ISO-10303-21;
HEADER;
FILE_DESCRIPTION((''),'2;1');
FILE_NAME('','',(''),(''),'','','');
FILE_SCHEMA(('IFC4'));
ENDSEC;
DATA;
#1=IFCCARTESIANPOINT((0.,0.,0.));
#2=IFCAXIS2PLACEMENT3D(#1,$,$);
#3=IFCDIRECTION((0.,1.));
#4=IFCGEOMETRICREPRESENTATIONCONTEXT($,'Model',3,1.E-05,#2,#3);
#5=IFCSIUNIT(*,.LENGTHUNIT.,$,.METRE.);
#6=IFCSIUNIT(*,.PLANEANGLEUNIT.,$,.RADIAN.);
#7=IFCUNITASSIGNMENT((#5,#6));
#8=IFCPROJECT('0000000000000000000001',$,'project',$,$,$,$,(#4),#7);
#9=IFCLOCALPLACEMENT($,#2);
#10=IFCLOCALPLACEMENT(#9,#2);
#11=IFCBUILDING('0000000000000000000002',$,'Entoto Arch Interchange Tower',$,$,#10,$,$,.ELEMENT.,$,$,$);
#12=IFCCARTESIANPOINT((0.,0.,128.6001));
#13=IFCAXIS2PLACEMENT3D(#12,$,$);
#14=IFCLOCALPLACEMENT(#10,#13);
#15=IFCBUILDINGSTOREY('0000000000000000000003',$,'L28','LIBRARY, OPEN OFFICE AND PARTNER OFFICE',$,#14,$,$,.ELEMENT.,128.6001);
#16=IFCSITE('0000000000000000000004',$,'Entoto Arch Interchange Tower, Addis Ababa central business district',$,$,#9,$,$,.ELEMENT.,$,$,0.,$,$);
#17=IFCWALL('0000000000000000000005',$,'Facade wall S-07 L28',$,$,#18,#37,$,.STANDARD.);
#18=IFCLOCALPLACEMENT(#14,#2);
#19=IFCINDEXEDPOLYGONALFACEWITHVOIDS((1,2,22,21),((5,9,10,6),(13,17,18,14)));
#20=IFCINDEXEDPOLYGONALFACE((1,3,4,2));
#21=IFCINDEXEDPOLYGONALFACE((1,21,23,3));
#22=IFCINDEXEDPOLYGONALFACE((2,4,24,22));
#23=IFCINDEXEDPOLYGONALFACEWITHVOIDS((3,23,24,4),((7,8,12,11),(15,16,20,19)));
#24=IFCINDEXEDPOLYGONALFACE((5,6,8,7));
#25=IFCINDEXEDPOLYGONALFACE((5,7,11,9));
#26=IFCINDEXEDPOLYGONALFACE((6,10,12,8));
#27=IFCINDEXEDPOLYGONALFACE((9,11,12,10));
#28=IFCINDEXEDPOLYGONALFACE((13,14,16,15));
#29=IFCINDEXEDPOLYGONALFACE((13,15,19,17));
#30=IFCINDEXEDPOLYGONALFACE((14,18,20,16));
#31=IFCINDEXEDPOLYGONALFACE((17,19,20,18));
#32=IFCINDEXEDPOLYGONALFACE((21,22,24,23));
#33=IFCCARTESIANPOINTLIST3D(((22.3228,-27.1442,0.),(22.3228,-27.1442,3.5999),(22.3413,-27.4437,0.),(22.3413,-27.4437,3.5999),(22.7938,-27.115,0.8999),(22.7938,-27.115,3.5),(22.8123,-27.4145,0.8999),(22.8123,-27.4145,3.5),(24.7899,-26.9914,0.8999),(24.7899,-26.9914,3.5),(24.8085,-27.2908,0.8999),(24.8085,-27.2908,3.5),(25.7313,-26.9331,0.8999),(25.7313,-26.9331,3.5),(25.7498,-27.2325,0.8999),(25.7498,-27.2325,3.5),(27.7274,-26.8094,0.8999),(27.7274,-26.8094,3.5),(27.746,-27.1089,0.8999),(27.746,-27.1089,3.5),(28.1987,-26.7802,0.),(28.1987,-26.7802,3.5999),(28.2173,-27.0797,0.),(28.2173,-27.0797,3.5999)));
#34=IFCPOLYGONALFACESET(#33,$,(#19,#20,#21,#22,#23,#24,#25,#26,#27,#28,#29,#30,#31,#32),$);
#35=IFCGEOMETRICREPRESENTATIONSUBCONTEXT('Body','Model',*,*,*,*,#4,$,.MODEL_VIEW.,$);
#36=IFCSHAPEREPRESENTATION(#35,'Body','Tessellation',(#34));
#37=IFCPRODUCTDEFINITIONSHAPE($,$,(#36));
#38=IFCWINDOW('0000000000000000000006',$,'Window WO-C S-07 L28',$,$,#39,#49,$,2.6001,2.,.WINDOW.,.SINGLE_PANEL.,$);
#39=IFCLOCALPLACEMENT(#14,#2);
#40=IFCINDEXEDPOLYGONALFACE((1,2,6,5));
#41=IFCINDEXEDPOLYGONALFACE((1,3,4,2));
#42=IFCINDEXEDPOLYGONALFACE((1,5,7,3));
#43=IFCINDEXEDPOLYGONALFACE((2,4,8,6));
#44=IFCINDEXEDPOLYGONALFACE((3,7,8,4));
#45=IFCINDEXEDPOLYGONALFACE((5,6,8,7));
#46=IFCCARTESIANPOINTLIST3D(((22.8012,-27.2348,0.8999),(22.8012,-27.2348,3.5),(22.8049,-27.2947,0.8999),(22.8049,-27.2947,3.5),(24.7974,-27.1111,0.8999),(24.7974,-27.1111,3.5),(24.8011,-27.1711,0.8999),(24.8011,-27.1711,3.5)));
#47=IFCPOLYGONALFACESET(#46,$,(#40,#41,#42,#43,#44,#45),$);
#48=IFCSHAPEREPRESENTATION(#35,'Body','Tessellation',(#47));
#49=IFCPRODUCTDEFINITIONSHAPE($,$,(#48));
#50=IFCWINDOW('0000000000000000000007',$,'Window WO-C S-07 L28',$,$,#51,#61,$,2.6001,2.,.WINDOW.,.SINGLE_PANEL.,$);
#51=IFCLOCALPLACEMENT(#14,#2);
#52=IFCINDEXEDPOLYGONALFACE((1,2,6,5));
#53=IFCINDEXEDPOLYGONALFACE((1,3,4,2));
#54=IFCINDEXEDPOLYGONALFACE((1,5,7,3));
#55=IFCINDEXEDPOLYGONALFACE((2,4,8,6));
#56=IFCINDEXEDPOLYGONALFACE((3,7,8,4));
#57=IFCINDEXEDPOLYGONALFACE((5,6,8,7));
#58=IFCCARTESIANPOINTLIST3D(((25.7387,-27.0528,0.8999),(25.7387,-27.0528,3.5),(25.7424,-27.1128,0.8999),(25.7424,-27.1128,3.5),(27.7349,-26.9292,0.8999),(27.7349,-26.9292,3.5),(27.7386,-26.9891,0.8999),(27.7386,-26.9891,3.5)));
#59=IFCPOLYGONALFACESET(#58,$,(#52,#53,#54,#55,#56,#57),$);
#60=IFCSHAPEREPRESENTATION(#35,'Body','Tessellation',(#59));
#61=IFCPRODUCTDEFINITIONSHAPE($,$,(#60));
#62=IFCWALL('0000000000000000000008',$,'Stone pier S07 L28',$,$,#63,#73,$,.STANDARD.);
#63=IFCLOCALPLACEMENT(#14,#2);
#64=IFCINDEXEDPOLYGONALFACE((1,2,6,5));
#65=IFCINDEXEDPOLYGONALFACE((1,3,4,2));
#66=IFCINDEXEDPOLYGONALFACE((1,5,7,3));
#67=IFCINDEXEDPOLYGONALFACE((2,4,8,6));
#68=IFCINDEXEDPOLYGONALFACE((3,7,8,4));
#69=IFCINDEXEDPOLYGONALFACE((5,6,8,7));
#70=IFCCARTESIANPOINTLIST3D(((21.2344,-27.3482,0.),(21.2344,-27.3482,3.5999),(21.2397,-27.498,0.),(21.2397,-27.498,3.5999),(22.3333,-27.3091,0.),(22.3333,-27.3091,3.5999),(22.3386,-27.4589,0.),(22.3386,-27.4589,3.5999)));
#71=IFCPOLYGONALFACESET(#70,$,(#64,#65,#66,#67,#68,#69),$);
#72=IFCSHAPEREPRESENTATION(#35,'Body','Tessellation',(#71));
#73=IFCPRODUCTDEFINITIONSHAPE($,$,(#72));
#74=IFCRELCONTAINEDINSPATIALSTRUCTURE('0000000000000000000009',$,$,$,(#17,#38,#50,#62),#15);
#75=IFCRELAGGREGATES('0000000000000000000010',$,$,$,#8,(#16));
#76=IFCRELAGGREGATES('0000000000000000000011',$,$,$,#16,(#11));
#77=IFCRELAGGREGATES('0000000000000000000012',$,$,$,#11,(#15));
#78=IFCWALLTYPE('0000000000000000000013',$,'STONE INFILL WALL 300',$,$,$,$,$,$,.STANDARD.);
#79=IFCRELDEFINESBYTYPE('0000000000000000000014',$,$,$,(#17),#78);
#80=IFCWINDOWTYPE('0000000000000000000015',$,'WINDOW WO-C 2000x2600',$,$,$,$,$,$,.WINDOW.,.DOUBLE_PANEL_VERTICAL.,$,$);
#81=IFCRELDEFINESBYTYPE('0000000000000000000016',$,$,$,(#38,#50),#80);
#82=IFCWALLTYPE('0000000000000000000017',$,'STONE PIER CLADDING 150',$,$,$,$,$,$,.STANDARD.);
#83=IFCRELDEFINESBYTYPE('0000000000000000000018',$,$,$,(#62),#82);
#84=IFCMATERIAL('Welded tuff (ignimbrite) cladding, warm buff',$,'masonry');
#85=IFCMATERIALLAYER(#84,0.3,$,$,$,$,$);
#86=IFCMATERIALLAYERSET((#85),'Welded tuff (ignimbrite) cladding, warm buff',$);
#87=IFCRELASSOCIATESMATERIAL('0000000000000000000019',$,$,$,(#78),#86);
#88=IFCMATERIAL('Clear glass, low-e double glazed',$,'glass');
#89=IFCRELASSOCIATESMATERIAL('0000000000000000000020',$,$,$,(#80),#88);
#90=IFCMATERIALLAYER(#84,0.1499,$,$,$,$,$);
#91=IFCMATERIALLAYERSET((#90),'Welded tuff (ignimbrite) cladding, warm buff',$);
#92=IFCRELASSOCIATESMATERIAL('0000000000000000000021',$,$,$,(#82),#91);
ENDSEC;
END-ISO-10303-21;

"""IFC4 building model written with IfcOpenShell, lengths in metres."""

from ifc_helpers import new_model, si_unit, direction, frame, frame_2d, origin, place, context, subcontext, project, spatial, rectangle, extrude, material, layer, layer_set, type_object, element, fill, save


model = new_model("IFC4")

# Units and contexts
model_context = context("Model", 3, precision=1e-05, world=origin(), true_north=direction((0.0, 1.0)))
body_context = subcontext(model_context, "Body", "Model", "MODEL_VIEW")
ifc_project = project(units=[si_unit("LENGTHUNIT", "METRE"), si_unit("PLANEANGLEUNIT", "RADIAN")], contexts=[model_context])

# Site, building, storey
site_placement = place(None, origin())
site = spatial("IfcSite", under=ifc_project, at=site_placement, Name="Entoto Arch Interchange Tower, Addis Ababa central business district", CompositionType="ELEMENT", RefElevation=0.0)
building_placement = place(site_placement, origin())
building = spatial("IfcBuilding", under=site, at=building_placement, Name="Entoto Arch Interchange Tower", CompositionType="ELEMENT")
storey_placement = place(building_placement, frame((0.0, 0.0, 128.6001)))
storey = spatial("IfcBuildingStorey", under=building, at=storey_placement, Name="L28", Description="LIBRARY, OPEN OFFICE AND PARTNER OFFICE", CompositionType="ELEMENT", Elevation=128.6001)

# Shared definitions
ifc_material_1 = material(Name="Welded tuff (ignimbrite) cladding, warm buff", Category="masonry")
ifc_layer_1 = layer(ifc_material_1, 0.3)
ifc_layer_set_1 = layer_set([ifc_layer_1], Name="Welded tuff (ignimbrite) cladding, warm buff")
wall_type_1 = type_object("IfcWallType", Name="STONE INFILL WALL 300", PredefinedType="STANDARD", material=ifc_layer_set_1)
ifc_material_2 = material(Name="Clear glass, low-e double glazed", Category="glass")
window_type = type_object("IfcWindowType", Name="WINDOW WO-C 2000x2600", PartitioningType="DOUBLE_PANEL_VERTICAL", PredefinedType="WINDOW", material=ifc_material_2)

# Wall, openings, windows
wall_1_placement = place(storey_placement, frame((22.332, -27.2939, 0.0), z_axis=(0.0, 0.0, 1.0), x_axis=(0.998087, 0.061831, 0.0)))
wall_1 = element("IfcWall", 1, at=wall_1_placement, inside=storey, type_object=wall_type_1, Name="Facade wall S-07 L28", PredefinedType="STANDARD", context=body_context, shape_type="SweptSolid", body=[
    extrude(rectangle(XDim=5.8872, YDim=0.3, at=frame_2d((2.9436, 0.0))), origin(), (0.0, 0.0, 1.0), 3.5999),
])
opening_1_placement = place(wall_1_placement, frame((0.4719, 0.0, 0.8999)))
opening_1 = element("IfcOpeningElement", 2, at=opening_1_placement, cuts=wall_1, PredefinedType="OPENING", context=body_context, shape_type="SweptSolid", body=[
    extrude(rectangle(XDim=2.0, YDim=2.6001, at=frame_2d((1.0, 1.3))), frame((0.0, 0.1602, 0.0), z_axis=(0.0, -1.0, 0.0), x_axis=(1.0, 0.0, 0.0)), (0.0, 0.0, 1.0), 0.3201),
])
opening_2_placement = place(wall_1_placement, frame((3.415, 0.0, 0.8999)))
opening_2 = element("IfcOpeningElement", 3, at=opening_2_placement, cuts=wall_1, PredefinedType="OPENING", context=body_context, shape_type="SweptSolid", body=[
    extrude(rectangle(XDim=2.0, YDim=2.6001, at=frame_2d((1.0, 1.3))), frame((0.0, 0.1602, 0.0), z_axis=(0.0, -1.0, 0.0), x_axis=(1.0, 0.0, 0.0)), (0.0, 0.0, 1.0), 0.3201),
])
window_1_placement = place(opening_1_placement, origin())
window_1 = element("IfcWindow", 4, at=window_1_placement, inside=storey, type_object=window_type, Name="Window WO-C S-07 L28", OverallHeight=2.6001, OverallWidth=2.0, PartitioningType="SINGLE_PANEL", PredefinedType="WINDOW", context=body_context, shape_type="SweptSolid", body=[
    extrude(rectangle(XDim=2.0, YDim=2.6001, at=frame_2d((1.0, 1.3))), frame((0.0, 0.03, 0.0), z_axis=(0.0, -1.0, 0.0), x_axis=(1.0, 0.0, 0.0)), (0.0, 0.0, 1.0), 0.0601),
])
fill(opening_1, window_1)
window_2_placement = place(opening_2_placement, origin())
window_2 = element("IfcWindow", 5, at=window_2_placement, inside=storey, type_object=window_type, Name="Window WO-C S-07 L28", OverallHeight=2.6001, OverallWidth=2.0, PartitioningType="SINGLE_PANEL", PredefinedType="WINDOW", context=body_context, shape_type="SweptSolid", body=[
    extrude(rectangle(XDim=2.0, YDim=2.6001, at=frame_2d((1.0, 1.3))), frame((0.0, 0.03, 0.0), z_axis=(0.0, -1.0, 0.0), x_axis=(1.0, 0.0, 0.0)), (0.0, 0.0, 1.0), 0.0601),
])
fill(opening_2, window_2)

# Wall
ifc_layer_2 = layer(ifc_material_1, 0.1499)
ifc_layer_set_2 = layer_set([ifc_layer_2], Name="Welded tuff (ignimbrite) cladding, warm buff")
wall_type_2 = type_object("IfcWallType", Name="STONE PIER CLADDING 150", PredefinedType="STANDARD", material=ifc_layer_set_2)
wall_2_placement = place(storey_placement, frame((21.2371, -27.4231, 0.0), z_axis=(0.0, 0.0, 1.0), x_axis=(0.999369, 0.035525, 0.0)))
element("IfcWall", 6, at=wall_2_placement, inside=storey, type_object=wall_type_2, Name="Stone pier S07 L28", PredefinedType="STANDARD", context=body_context, shape_type="SweptSolid", body=[
    extrude(rectangle(XDim=1.0996, YDim=0.1499, at=frame_2d((0.5498, 0.0))), origin(), (0.0, 0.0, 1.0), 3.5999),
])

save(model, "model.ifc")
